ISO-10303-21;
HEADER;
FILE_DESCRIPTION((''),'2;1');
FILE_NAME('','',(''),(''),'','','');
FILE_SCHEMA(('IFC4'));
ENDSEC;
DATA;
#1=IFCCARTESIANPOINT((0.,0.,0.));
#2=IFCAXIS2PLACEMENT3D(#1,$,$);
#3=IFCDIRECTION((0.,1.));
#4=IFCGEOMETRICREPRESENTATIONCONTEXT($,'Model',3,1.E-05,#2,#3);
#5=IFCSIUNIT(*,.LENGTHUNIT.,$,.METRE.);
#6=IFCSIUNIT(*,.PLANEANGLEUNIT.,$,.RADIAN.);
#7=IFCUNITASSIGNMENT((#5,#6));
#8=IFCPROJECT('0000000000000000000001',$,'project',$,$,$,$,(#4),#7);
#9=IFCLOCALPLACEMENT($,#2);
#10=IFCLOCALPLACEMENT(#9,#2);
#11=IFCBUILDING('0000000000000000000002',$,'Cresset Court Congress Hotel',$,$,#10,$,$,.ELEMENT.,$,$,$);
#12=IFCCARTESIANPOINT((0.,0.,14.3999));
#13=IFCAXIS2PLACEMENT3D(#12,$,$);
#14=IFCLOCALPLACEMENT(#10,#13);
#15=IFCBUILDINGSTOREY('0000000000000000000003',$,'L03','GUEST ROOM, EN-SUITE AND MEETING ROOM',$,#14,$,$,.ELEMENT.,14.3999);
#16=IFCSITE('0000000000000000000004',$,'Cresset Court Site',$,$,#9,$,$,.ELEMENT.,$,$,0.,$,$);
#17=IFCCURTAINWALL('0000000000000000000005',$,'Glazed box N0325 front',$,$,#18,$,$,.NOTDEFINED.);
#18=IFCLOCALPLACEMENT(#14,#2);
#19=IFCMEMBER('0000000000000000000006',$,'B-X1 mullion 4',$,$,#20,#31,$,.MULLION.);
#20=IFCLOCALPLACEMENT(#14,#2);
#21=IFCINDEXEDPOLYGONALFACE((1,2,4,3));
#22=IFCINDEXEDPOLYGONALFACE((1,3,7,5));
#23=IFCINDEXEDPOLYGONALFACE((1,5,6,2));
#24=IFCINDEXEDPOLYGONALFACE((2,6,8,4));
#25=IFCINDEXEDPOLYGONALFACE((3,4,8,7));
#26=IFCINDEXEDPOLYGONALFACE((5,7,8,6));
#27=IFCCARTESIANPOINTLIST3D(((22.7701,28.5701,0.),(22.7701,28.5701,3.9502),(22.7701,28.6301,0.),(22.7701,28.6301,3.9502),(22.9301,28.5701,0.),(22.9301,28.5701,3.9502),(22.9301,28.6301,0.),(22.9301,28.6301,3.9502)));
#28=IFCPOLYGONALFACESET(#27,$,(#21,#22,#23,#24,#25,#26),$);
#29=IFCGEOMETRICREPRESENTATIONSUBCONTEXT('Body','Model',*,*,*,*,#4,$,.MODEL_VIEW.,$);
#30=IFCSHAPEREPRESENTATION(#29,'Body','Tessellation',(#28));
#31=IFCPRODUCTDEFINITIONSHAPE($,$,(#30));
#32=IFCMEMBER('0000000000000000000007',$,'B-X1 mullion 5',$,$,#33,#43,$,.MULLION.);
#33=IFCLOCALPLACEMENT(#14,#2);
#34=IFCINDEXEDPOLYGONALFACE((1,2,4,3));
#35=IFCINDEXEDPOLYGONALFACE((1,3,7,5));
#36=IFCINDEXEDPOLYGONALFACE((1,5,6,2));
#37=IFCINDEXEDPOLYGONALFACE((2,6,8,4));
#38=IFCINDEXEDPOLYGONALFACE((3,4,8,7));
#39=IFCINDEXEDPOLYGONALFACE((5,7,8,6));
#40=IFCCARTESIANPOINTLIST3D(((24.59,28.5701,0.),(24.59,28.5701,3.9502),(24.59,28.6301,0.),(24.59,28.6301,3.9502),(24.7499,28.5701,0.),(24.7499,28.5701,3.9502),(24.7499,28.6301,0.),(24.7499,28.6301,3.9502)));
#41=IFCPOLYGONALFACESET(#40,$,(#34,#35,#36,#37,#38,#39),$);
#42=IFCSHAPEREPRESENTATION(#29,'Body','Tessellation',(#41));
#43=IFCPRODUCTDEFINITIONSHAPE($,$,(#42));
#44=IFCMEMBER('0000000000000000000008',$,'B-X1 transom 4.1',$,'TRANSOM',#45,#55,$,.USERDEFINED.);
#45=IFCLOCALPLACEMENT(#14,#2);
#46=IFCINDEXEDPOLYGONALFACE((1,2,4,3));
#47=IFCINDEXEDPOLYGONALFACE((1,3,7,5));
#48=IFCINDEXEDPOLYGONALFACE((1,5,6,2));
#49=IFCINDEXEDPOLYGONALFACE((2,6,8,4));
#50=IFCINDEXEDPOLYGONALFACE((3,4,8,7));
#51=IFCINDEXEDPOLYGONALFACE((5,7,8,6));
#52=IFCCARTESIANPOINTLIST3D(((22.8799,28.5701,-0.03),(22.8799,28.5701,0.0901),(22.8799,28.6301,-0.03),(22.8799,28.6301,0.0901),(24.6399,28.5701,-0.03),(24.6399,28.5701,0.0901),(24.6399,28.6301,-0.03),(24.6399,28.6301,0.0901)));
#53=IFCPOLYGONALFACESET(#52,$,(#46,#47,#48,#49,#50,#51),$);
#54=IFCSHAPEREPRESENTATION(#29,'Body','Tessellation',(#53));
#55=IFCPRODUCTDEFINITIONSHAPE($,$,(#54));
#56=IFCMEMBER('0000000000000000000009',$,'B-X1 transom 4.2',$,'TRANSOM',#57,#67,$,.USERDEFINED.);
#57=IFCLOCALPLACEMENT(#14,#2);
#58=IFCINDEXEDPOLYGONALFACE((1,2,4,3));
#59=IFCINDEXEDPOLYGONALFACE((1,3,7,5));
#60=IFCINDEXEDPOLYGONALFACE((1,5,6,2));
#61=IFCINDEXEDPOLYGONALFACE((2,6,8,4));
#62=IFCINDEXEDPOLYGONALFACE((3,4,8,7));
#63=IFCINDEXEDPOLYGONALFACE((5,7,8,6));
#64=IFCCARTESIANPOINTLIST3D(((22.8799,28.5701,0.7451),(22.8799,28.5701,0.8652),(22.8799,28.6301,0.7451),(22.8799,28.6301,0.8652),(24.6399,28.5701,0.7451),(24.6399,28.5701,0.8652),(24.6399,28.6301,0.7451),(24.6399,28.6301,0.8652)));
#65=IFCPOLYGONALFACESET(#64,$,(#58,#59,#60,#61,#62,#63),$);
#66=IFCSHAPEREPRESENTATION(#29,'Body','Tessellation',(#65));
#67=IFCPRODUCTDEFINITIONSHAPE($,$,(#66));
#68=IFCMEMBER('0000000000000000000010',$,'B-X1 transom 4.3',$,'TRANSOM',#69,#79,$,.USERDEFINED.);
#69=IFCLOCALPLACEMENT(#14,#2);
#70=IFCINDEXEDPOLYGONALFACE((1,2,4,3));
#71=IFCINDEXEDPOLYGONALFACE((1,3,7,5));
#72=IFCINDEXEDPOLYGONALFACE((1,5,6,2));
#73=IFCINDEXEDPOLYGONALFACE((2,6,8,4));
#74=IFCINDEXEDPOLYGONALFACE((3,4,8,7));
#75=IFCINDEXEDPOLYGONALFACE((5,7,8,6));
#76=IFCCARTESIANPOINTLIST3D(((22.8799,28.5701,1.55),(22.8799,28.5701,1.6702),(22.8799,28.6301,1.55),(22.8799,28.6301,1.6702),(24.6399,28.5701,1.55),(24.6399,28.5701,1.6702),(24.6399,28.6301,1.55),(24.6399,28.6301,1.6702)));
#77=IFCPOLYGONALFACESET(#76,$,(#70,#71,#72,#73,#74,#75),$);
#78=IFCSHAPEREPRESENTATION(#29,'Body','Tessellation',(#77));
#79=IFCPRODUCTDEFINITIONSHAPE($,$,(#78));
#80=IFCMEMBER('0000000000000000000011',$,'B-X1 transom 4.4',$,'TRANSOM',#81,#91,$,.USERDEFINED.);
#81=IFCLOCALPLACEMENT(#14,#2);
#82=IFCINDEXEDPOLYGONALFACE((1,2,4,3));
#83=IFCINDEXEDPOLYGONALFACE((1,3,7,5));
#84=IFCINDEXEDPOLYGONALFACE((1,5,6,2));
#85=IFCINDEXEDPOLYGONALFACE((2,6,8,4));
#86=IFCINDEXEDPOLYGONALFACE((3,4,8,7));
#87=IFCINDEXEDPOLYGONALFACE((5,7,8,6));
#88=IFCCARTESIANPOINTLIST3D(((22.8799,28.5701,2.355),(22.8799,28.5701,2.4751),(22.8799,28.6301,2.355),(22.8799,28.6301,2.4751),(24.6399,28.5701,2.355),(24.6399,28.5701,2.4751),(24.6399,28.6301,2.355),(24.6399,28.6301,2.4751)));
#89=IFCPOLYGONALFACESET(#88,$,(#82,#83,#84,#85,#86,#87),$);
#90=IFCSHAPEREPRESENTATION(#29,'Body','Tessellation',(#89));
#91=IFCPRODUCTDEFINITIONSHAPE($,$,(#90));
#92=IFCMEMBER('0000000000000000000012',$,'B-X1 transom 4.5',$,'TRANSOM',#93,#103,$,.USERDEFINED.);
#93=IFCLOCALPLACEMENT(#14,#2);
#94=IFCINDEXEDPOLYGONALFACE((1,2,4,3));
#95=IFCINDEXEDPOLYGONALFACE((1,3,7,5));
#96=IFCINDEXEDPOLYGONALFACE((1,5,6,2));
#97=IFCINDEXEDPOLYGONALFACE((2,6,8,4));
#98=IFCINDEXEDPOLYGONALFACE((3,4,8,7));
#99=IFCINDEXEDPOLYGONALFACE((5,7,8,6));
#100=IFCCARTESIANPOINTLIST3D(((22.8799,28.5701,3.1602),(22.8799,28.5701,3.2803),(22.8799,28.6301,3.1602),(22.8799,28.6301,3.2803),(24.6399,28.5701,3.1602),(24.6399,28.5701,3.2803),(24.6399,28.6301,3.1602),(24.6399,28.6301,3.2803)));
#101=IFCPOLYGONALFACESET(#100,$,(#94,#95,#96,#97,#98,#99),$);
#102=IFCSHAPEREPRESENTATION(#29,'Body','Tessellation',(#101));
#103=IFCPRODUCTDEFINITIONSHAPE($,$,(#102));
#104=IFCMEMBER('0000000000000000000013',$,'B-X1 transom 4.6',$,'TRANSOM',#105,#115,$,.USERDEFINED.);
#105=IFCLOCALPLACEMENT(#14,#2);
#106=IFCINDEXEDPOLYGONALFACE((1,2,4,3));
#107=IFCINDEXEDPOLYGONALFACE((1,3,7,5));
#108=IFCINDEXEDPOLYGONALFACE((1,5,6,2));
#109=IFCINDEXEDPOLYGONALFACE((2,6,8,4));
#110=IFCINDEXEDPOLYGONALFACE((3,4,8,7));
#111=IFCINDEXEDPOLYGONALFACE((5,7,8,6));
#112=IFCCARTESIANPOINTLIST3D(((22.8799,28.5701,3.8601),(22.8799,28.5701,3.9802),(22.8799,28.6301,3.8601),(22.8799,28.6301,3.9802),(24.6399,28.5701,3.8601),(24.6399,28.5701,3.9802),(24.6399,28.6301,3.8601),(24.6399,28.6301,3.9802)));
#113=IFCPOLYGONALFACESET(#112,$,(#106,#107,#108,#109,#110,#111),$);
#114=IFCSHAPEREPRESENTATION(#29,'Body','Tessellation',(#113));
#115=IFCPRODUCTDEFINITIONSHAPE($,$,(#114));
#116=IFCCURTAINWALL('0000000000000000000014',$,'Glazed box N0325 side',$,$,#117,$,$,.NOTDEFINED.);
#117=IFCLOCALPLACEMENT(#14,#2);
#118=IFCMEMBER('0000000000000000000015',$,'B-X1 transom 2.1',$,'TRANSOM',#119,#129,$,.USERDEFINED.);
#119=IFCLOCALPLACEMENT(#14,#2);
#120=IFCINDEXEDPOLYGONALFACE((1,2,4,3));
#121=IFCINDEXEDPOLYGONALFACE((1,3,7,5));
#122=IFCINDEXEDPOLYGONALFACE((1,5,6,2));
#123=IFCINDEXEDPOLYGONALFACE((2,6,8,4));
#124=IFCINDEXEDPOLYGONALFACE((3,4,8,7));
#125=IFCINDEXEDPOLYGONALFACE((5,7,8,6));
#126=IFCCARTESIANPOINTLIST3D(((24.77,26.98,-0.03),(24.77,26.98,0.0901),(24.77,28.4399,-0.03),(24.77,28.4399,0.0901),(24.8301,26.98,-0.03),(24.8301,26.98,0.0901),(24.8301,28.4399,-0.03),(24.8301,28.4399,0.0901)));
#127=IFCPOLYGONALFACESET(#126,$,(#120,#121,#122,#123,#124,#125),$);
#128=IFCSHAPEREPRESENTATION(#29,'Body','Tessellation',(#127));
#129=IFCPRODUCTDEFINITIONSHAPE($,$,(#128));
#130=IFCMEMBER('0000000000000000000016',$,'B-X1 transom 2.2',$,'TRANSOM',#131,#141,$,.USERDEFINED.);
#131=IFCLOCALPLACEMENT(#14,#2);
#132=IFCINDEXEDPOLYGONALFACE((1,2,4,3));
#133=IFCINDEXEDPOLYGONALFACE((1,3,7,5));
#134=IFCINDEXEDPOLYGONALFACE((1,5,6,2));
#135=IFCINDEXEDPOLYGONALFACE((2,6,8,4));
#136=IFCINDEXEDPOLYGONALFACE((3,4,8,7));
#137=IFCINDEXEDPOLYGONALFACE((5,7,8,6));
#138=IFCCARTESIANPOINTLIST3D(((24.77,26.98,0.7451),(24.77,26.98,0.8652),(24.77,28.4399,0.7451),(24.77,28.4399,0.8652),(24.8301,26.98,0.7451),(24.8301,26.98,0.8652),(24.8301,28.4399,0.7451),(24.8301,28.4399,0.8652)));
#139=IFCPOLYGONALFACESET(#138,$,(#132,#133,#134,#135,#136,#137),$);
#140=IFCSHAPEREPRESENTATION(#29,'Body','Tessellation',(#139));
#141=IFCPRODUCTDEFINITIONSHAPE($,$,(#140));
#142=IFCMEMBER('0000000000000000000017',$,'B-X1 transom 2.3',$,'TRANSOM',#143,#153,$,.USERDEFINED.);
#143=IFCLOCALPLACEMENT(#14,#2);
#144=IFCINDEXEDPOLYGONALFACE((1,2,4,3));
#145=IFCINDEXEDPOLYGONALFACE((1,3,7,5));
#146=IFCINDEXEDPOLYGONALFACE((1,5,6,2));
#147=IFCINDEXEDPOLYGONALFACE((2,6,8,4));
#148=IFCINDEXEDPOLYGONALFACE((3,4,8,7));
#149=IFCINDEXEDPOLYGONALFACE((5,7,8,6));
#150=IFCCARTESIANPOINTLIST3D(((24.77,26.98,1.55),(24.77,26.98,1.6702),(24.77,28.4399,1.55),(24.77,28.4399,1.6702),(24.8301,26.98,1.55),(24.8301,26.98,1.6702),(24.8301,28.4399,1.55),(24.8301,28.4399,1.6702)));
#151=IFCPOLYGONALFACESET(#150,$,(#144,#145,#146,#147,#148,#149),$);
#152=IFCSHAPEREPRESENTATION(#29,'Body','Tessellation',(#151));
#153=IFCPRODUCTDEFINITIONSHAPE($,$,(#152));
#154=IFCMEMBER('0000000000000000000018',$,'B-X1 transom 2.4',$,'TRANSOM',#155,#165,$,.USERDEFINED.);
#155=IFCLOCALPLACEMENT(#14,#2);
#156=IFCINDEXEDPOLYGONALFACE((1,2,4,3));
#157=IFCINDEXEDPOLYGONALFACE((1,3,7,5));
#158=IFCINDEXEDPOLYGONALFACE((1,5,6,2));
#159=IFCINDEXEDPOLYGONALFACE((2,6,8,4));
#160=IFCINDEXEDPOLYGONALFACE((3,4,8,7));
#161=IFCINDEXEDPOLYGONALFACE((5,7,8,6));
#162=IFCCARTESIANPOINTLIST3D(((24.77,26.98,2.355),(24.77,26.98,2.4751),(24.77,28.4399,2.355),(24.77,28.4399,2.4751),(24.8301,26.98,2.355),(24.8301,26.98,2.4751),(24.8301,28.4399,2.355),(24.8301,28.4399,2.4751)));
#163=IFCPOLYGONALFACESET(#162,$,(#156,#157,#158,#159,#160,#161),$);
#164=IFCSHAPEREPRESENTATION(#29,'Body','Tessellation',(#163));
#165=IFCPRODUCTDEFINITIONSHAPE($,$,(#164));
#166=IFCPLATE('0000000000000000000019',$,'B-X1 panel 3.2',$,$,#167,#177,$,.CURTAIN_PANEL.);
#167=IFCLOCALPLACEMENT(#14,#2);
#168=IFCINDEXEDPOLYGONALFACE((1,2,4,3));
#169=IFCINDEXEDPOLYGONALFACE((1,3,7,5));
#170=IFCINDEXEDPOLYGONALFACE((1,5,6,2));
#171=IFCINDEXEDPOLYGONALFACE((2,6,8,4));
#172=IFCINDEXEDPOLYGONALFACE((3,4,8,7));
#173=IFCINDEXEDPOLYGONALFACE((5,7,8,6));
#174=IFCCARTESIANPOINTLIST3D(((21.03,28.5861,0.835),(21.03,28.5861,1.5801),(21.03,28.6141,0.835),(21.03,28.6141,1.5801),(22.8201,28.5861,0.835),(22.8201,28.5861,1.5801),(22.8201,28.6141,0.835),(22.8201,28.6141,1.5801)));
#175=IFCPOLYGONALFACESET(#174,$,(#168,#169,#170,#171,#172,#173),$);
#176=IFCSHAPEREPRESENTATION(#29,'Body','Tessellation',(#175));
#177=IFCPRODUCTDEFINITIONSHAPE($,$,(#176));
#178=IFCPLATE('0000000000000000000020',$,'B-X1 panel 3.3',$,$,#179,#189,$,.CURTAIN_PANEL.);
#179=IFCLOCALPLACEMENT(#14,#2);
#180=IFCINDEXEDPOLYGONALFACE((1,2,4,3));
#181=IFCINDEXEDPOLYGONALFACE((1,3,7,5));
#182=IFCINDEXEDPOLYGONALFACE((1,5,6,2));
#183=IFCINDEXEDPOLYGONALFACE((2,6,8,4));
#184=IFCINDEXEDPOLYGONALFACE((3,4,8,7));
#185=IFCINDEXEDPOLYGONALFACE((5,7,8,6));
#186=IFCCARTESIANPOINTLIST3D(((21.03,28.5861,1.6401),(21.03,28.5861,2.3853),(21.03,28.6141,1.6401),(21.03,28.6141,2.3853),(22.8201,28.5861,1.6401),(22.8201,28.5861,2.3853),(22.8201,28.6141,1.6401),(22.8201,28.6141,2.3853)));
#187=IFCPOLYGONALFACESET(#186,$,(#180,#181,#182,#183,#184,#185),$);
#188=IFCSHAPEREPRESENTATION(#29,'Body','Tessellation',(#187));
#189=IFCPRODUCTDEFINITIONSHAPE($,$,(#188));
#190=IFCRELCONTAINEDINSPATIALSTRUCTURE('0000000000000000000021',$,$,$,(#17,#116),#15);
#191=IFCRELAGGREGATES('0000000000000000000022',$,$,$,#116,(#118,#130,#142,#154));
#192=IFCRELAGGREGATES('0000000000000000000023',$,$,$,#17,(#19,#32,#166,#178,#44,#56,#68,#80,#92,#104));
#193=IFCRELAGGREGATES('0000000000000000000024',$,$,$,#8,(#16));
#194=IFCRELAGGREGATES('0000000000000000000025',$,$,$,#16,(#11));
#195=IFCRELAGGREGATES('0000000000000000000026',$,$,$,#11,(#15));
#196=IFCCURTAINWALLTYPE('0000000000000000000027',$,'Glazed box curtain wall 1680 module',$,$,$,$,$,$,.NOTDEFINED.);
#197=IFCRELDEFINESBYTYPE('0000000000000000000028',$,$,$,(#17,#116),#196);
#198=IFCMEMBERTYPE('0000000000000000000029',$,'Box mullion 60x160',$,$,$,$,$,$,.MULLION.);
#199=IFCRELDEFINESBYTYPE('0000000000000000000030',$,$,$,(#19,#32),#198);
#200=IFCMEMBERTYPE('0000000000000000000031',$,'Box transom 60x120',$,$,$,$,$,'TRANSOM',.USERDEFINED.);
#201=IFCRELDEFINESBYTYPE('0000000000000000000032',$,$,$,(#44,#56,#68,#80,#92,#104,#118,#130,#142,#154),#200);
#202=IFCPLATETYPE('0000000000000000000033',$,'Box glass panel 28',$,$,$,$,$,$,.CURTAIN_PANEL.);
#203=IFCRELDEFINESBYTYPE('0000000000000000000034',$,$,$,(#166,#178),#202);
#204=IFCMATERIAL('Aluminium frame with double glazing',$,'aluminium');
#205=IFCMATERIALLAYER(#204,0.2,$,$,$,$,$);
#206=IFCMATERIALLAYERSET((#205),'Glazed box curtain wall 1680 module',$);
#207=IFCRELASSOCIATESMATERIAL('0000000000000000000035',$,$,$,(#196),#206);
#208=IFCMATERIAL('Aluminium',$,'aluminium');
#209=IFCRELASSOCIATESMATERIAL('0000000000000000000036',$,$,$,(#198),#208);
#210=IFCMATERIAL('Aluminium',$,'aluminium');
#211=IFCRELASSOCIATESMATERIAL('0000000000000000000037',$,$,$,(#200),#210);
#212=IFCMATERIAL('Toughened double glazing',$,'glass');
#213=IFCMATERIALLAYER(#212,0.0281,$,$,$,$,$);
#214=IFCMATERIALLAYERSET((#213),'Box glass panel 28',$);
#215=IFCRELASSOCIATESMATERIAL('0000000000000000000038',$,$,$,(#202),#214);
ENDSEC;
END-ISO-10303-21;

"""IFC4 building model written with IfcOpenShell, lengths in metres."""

from ifc_helpers import new_model, si_unit, direction, frame, origin, origin_2d, place, context, subcontext, project, spatial, rectangle, extrude, material, layer, layer_set, material_profile, profile_set, type_object, element, aggregate, save


model = new_model("IFC4")

# Units and contexts
model_context = context("Model", 3, precision=1e-05, world=origin(), true_north=direction((0.0, 1.0)))
body_context = subcontext(model_context, "Body", "Model", "MODEL_VIEW")
ifc_project = project(units=[si_unit("LENGTHUNIT", "METRE"), si_unit("PLANEANGLEUNIT", "RADIAN")], contexts=[model_context])

# Site, building, storey
site_placement = place(None, origin())
site = spatial("IfcSite", under=ifc_project, at=site_placement, Name="Cresset Court Site", CompositionType="ELEMENT", RefElevation=0.0)
building_placement = place(site_placement, origin())
building = spatial("IfcBuilding", under=site, at=building_placement, Name="Cresset Court Congress Hotel", CompositionType="ELEMENT")
storey_placement = place(building_placement, frame((0.0, 0.0, 14.3999)))
storey = spatial("IfcBuildingStorey", under=building, at=storey_placement, Name="L03", Description="GUEST ROOM, EN-SUITE AND MEETING ROOM", CompositionType="ELEMENT", Elevation=14.3999)

# Curtain walls, members
ifc_material_1 = material(Name="Aluminium frame with double glazing", Category="aluminium")
ifc_layer_1 = layer(ifc_material_1, 0.2)
ifc_layer_set_1 = layer_set([ifc_layer_1], Name="Glazed box curtain wall 1680 module")
curtain_wall_type = type_object("IfcCurtainWallType", Name="Glazed box curtain wall 1680 module", PredefinedType="NOTDEFINED", material=ifc_layer_set_1)
curtain_wall_1_placement = place(storey_placement, origin())
curtain_wall_1 = element("IfcCurtainWall", 1, at=curtain_wall_1_placement, inside=storey, type_object=curtain_wall_type, Name="Glazed box N0325 front", PredefinedType="NOTDEFINED")
ifc_material_2 = material(Name="Aluminium", Category="aluminium")
ifc_material_profile_1 = material_profile(ifc_material_2, rectangle(XDim=0.0601, YDim=0.1599, at=origin_2d()), Name="Box mullion 60x160")
ifc_profile_set_1 = profile_set([ifc_material_profile_1], Name="Aluminium")
member_type_1 = type_object("IfcMemberType", Name="Box mullion 60x160", PredefinedType="MULLION", material=ifc_profile_set_1)
member_1_placement = place(storey_placement, frame((22.8501, 28.6001, 0.0), z_axis=(0.0, 0.0, 1.0), x_axis=(0.0, 1.0, 0.0)))
member_1 = element("IfcMember", 2, at=member_1_placement, type_object=member_type_1, Name="B-X1 mullion 4", PredefinedType="MULLION", context=body_context, shape_type="SweptSolid", body=[
    extrude(rectangle(XDim=0.0601, YDim=0.1599, at=origin_2d()), origin(), (0.0, 0.0, 1.0), 3.9502),
])
member_2_placement = place(storey_placement, frame((24.6699, 28.6001, 0.0), z_axis=(0.0, 0.0, 1.0), x_axis=(0.0, 1.0, 0.0)))
member_2 = element("IfcMember", 3, at=member_2_placement, type_object=member_type_1, Name="B-X1 mullion 5", PredefinedType="MULLION", context=body_context, shape_type="SweptSolid", body=[
    extrude(rectangle(XDim=0.0601, YDim=0.1599, at=origin_2d()), origin(), (0.0, 0.0, 1.0), 3.9502),
])
ifc_material_3 = material(Name="Aluminium", Category="aluminium")
ifc_material_profile_2 = material_profile(ifc_material_3, rectangle(XDim=0.0601, YDim=0.1201, at=origin_2d()), Name="Box transom 60x120")
ifc_profile_set_2 = profile_set([ifc_material_profile_2], Name="Aluminium")
member_type_2 = type_object("IfcMemberType", Name="Box transom 60x120", ElementType="TRANSOM", PredefinedType="USERDEFINED", material=ifc_profile_set_2)
member_3_placement = place(storey_placement, frame((22.8799, 28.6001, 0.03), z_axis=(1.0, 0.0, 0.0), x_axis=(0.0, 1.0, 0.0)))
member_3 = element("IfcMember", 4, at=member_3_placement, type_object=member_type_2, Name="B-X1 transom 4.1", ObjectType="TRANSOM", PredefinedType="USERDEFINED", context=body_context, shape_type="SweptSolid", body=[
    extrude(rectangle(XDim=0.0601, YDim=0.1201, at=origin_2d()), origin(), (0.0, 0.0, 1.0), 1.76),
])
member_4_placement = place(storey_placement, frame((22.8799, 28.6001, 0.8052), z_axis=(1.0, 0.0, 0.0), x_axis=(0.0, 1.0, 0.0)))
member_4 = element("IfcMember", 5, at=member_4_placement, type_object=member_type_2, Name="B-X1 transom 4.2", ObjectType="TRANSOM", PredefinedType="USERDEFINED", context=body_context, shape_type="SweptSolid", body=[
    extrude(rectangle(XDim=0.0601, YDim=0.1201, at=origin_2d()), origin(), (0.0, 0.0, 1.0), 1.76),
])
member_5_placement = place(storey_placement, frame((22.8799, 28.6001, 1.6101), z_axis=(1.0, 0.0, 0.0), x_axis=(0.0, 1.0, 0.0)))
member_5 = element("IfcMember", 6, at=member_5_placement, type_object=member_type_2, Name="B-X1 transom 4.3", ObjectType="TRANSOM", PredefinedType="USERDEFINED", context=body_context, shape_type="SweptSolid", body=[
    extrude(rectangle(XDim=0.0601, YDim=0.1201, at=origin_2d()), origin(), (0.0, 0.0, 1.0), 1.76),
])
member_6_placement = place(storey_placement, frame((22.8799, 28.6001, 2.415), z_axis=(1.0, 0.0, 0.0), x_axis=(0.0, 1.0, 0.0)))
member_6 = element("IfcMember", 7, at=member_6_placement, type_object=member_type_2, Name="B-X1 transom 4.4", ObjectType="TRANSOM", PredefinedType="USERDEFINED", context=body_context, shape_type="SweptSolid", body=[
    extrude(rectangle(XDim=0.0601, YDim=0.1201, at=origin_2d()), origin(), (0.0, 0.0, 1.0), 1.76),
])
member_7_placement = place(storey_placement, frame((22.8799, 28.6001, 3.2202), z_axis=(1.0, 0.0, 0.0), x_axis=(0.0, 1.0, 0.0)))
member_7 = element("IfcMember", 8, at=member_7_placement, type_object=member_type_2, Name="B-X1 transom 4.5", ObjectType="TRANSOM", PredefinedType="USERDEFINED", context=body_context, shape_type="SweptSolid", body=[
    extrude(rectangle(XDim=0.0601, YDim=0.1201, at=origin_2d()), origin(), (0.0, 0.0, 1.0), 1.76),
])
member_8_placement = place(storey_placement, frame((22.8799, 28.6001, 3.9202), z_axis=(1.0, 0.0, 0.0), x_axis=(0.0, 1.0, 0.0)))
member_8 = element("IfcMember", 9, at=member_8_placement, type_object=member_type_2, Name="B-X1 transom 4.6", ObjectType="TRANSOM", PredefinedType="USERDEFINED", context=body_context, shape_type="SweptSolid", body=[
    extrude(rectangle(XDim=0.0601, YDim=0.1201, at=origin_2d()), origin(), (0.0, 0.0, 1.0), 1.76),
])
curtain_wall_2_placement = place(storey_placement, origin())
curtain_wall_2 = element("IfcCurtainWall", 10, at=curtain_wall_2_placement, inside=storey, type_object=curtain_wall_type, Name="Glazed box N0325 side", PredefinedType="NOTDEFINED")
member_9_placement = place(storey_placement, frame((24.8, 26.98, 0.03), z_axis=(0.0, 1.0, 0.0), x_axis=(-1.0, 0.0, 0.0)))
member_9 = element("IfcMember", 11, at=member_9_placement, type_object=member_type_2, Name="B-X1 transom 2.1", ObjectType="TRANSOM", PredefinedType="USERDEFINED", context=body_context, shape_type="SweptSolid", body=[
    extrude(rectangle(XDim=0.0601, YDim=0.1201, at=origin_2d()), origin(), (0.0, 0.0, 1.0), 1.46),
])
member_10_placement = place(storey_placement, frame((24.8, 26.98, 0.8052), z_axis=(0.0, 1.0, 0.0), x_axis=(-1.0, 0.0, 0.0)))
member_10 = element("IfcMember", 12, at=member_10_placement, type_object=member_type_2, Name="B-X1 transom 2.2", ObjectType="TRANSOM", PredefinedType="USERDEFINED", context=body_context, shape_type="SweptSolid", body=[
    extrude(rectangle(XDim=0.0601, YDim=0.1201, at=origin_2d()), origin(), (0.0, 0.0, 1.0), 1.46),
])
member_11_placement = place(storey_placement, frame((24.8, 26.98, 1.6101), z_axis=(0.0, 1.0, 0.0), x_axis=(-1.0, 0.0, 0.0)))
member_11 = element("IfcMember", 13, at=member_11_placement, type_object=member_type_2, Name="B-X1 transom 2.3", ObjectType="TRANSOM", PredefinedType="USERDEFINED", context=body_context, shape_type="SweptSolid", body=[
    extrude(rectangle(XDim=0.0601, YDim=0.1201, at=origin_2d()), origin(), (0.0, 0.0, 1.0), 1.46),
])
member_12_placement = place(storey_placement, frame((24.8, 26.98, 2.415), z_axis=(0.0, 1.0, 0.0), x_axis=(-1.0, 0.0, 0.0)))
member_12 = element("IfcMember", 14, at=member_12_placement, type_object=member_type_2, Name="B-X1 transom 2.4", ObjectType="TRANSOM", PredefinedType="USERDEFINED", context=body_context, shape_type="SweptSolid", body=[
    extrude(rectangle(XDim=0.0601, YDim=0.1201, at=origin_2d()), origin(), (0.0, 0.0, 1.0), 1.46),
])
aggregate(curtain_wall_2, [member_9, member_10, member_11, member_12])

# Plates
ifc_material_4 = material(Name="Toughened double glazing", Category="glass")
ifc_layer_2 = layer(ifc_material_4, 0.0281)
ifc_layer_set_2 = layer_set([ifc_layer_2], Name="Box glass panel 28")
plate_type_1 = type_object("IfcPlateType", Name="Box glass panel 28", PredefinedType="CURTAIN_PANEL", material=ifc_layer_set_2)
plate_1_placement = place(storey_placement, frame((21.925, 28.6001, 0.835), z_axis=(0.0, 0.0, 1.0), x_axis=(1.0, 0.0, 0.0)))
plate_1 = element("IfcPlate", 15, at=plate_1_placement, type_object=plate_type_1, Name="B-X1 panel 3.2", PredefinedType="CURTAIN_PANEL", context=body_context, shape_type="SweptSolid", body=[
    extrude(rectangle(XDim=1.79, YDim=0.0281, at=origin_2d()), origin(), (0.0, 0.0, 1.0), 0.7451),
])
plate_2_placement = place(storey_placement, frame((21.925, 28.6001, 1.6401), z_axis=(0.0, 0.0, 1.0), x_axis=(1.0, 0.0, 0.0)))
plate_2 = element("IfcPlate", 16, at=plate_2_placement, type_object=plate_type_1, Name="B-X1 panel 3.3", PredefinedType="CURTAIN_PANEL", context=body_context, shape_type="SweptSolid", body=[
    extrude(rectangle(XDim=1.79, YDim=0.0281, at=origin_2d()), origin(), (0.0, 0.0, 1.0), 0.7451),
])
aggregate(curtain_wall_1, [member_1, member_2, plate_1, plate_2, member_3, member_4, member_5, member_6, member_7, member_8])

save(model, "model.ifc")
